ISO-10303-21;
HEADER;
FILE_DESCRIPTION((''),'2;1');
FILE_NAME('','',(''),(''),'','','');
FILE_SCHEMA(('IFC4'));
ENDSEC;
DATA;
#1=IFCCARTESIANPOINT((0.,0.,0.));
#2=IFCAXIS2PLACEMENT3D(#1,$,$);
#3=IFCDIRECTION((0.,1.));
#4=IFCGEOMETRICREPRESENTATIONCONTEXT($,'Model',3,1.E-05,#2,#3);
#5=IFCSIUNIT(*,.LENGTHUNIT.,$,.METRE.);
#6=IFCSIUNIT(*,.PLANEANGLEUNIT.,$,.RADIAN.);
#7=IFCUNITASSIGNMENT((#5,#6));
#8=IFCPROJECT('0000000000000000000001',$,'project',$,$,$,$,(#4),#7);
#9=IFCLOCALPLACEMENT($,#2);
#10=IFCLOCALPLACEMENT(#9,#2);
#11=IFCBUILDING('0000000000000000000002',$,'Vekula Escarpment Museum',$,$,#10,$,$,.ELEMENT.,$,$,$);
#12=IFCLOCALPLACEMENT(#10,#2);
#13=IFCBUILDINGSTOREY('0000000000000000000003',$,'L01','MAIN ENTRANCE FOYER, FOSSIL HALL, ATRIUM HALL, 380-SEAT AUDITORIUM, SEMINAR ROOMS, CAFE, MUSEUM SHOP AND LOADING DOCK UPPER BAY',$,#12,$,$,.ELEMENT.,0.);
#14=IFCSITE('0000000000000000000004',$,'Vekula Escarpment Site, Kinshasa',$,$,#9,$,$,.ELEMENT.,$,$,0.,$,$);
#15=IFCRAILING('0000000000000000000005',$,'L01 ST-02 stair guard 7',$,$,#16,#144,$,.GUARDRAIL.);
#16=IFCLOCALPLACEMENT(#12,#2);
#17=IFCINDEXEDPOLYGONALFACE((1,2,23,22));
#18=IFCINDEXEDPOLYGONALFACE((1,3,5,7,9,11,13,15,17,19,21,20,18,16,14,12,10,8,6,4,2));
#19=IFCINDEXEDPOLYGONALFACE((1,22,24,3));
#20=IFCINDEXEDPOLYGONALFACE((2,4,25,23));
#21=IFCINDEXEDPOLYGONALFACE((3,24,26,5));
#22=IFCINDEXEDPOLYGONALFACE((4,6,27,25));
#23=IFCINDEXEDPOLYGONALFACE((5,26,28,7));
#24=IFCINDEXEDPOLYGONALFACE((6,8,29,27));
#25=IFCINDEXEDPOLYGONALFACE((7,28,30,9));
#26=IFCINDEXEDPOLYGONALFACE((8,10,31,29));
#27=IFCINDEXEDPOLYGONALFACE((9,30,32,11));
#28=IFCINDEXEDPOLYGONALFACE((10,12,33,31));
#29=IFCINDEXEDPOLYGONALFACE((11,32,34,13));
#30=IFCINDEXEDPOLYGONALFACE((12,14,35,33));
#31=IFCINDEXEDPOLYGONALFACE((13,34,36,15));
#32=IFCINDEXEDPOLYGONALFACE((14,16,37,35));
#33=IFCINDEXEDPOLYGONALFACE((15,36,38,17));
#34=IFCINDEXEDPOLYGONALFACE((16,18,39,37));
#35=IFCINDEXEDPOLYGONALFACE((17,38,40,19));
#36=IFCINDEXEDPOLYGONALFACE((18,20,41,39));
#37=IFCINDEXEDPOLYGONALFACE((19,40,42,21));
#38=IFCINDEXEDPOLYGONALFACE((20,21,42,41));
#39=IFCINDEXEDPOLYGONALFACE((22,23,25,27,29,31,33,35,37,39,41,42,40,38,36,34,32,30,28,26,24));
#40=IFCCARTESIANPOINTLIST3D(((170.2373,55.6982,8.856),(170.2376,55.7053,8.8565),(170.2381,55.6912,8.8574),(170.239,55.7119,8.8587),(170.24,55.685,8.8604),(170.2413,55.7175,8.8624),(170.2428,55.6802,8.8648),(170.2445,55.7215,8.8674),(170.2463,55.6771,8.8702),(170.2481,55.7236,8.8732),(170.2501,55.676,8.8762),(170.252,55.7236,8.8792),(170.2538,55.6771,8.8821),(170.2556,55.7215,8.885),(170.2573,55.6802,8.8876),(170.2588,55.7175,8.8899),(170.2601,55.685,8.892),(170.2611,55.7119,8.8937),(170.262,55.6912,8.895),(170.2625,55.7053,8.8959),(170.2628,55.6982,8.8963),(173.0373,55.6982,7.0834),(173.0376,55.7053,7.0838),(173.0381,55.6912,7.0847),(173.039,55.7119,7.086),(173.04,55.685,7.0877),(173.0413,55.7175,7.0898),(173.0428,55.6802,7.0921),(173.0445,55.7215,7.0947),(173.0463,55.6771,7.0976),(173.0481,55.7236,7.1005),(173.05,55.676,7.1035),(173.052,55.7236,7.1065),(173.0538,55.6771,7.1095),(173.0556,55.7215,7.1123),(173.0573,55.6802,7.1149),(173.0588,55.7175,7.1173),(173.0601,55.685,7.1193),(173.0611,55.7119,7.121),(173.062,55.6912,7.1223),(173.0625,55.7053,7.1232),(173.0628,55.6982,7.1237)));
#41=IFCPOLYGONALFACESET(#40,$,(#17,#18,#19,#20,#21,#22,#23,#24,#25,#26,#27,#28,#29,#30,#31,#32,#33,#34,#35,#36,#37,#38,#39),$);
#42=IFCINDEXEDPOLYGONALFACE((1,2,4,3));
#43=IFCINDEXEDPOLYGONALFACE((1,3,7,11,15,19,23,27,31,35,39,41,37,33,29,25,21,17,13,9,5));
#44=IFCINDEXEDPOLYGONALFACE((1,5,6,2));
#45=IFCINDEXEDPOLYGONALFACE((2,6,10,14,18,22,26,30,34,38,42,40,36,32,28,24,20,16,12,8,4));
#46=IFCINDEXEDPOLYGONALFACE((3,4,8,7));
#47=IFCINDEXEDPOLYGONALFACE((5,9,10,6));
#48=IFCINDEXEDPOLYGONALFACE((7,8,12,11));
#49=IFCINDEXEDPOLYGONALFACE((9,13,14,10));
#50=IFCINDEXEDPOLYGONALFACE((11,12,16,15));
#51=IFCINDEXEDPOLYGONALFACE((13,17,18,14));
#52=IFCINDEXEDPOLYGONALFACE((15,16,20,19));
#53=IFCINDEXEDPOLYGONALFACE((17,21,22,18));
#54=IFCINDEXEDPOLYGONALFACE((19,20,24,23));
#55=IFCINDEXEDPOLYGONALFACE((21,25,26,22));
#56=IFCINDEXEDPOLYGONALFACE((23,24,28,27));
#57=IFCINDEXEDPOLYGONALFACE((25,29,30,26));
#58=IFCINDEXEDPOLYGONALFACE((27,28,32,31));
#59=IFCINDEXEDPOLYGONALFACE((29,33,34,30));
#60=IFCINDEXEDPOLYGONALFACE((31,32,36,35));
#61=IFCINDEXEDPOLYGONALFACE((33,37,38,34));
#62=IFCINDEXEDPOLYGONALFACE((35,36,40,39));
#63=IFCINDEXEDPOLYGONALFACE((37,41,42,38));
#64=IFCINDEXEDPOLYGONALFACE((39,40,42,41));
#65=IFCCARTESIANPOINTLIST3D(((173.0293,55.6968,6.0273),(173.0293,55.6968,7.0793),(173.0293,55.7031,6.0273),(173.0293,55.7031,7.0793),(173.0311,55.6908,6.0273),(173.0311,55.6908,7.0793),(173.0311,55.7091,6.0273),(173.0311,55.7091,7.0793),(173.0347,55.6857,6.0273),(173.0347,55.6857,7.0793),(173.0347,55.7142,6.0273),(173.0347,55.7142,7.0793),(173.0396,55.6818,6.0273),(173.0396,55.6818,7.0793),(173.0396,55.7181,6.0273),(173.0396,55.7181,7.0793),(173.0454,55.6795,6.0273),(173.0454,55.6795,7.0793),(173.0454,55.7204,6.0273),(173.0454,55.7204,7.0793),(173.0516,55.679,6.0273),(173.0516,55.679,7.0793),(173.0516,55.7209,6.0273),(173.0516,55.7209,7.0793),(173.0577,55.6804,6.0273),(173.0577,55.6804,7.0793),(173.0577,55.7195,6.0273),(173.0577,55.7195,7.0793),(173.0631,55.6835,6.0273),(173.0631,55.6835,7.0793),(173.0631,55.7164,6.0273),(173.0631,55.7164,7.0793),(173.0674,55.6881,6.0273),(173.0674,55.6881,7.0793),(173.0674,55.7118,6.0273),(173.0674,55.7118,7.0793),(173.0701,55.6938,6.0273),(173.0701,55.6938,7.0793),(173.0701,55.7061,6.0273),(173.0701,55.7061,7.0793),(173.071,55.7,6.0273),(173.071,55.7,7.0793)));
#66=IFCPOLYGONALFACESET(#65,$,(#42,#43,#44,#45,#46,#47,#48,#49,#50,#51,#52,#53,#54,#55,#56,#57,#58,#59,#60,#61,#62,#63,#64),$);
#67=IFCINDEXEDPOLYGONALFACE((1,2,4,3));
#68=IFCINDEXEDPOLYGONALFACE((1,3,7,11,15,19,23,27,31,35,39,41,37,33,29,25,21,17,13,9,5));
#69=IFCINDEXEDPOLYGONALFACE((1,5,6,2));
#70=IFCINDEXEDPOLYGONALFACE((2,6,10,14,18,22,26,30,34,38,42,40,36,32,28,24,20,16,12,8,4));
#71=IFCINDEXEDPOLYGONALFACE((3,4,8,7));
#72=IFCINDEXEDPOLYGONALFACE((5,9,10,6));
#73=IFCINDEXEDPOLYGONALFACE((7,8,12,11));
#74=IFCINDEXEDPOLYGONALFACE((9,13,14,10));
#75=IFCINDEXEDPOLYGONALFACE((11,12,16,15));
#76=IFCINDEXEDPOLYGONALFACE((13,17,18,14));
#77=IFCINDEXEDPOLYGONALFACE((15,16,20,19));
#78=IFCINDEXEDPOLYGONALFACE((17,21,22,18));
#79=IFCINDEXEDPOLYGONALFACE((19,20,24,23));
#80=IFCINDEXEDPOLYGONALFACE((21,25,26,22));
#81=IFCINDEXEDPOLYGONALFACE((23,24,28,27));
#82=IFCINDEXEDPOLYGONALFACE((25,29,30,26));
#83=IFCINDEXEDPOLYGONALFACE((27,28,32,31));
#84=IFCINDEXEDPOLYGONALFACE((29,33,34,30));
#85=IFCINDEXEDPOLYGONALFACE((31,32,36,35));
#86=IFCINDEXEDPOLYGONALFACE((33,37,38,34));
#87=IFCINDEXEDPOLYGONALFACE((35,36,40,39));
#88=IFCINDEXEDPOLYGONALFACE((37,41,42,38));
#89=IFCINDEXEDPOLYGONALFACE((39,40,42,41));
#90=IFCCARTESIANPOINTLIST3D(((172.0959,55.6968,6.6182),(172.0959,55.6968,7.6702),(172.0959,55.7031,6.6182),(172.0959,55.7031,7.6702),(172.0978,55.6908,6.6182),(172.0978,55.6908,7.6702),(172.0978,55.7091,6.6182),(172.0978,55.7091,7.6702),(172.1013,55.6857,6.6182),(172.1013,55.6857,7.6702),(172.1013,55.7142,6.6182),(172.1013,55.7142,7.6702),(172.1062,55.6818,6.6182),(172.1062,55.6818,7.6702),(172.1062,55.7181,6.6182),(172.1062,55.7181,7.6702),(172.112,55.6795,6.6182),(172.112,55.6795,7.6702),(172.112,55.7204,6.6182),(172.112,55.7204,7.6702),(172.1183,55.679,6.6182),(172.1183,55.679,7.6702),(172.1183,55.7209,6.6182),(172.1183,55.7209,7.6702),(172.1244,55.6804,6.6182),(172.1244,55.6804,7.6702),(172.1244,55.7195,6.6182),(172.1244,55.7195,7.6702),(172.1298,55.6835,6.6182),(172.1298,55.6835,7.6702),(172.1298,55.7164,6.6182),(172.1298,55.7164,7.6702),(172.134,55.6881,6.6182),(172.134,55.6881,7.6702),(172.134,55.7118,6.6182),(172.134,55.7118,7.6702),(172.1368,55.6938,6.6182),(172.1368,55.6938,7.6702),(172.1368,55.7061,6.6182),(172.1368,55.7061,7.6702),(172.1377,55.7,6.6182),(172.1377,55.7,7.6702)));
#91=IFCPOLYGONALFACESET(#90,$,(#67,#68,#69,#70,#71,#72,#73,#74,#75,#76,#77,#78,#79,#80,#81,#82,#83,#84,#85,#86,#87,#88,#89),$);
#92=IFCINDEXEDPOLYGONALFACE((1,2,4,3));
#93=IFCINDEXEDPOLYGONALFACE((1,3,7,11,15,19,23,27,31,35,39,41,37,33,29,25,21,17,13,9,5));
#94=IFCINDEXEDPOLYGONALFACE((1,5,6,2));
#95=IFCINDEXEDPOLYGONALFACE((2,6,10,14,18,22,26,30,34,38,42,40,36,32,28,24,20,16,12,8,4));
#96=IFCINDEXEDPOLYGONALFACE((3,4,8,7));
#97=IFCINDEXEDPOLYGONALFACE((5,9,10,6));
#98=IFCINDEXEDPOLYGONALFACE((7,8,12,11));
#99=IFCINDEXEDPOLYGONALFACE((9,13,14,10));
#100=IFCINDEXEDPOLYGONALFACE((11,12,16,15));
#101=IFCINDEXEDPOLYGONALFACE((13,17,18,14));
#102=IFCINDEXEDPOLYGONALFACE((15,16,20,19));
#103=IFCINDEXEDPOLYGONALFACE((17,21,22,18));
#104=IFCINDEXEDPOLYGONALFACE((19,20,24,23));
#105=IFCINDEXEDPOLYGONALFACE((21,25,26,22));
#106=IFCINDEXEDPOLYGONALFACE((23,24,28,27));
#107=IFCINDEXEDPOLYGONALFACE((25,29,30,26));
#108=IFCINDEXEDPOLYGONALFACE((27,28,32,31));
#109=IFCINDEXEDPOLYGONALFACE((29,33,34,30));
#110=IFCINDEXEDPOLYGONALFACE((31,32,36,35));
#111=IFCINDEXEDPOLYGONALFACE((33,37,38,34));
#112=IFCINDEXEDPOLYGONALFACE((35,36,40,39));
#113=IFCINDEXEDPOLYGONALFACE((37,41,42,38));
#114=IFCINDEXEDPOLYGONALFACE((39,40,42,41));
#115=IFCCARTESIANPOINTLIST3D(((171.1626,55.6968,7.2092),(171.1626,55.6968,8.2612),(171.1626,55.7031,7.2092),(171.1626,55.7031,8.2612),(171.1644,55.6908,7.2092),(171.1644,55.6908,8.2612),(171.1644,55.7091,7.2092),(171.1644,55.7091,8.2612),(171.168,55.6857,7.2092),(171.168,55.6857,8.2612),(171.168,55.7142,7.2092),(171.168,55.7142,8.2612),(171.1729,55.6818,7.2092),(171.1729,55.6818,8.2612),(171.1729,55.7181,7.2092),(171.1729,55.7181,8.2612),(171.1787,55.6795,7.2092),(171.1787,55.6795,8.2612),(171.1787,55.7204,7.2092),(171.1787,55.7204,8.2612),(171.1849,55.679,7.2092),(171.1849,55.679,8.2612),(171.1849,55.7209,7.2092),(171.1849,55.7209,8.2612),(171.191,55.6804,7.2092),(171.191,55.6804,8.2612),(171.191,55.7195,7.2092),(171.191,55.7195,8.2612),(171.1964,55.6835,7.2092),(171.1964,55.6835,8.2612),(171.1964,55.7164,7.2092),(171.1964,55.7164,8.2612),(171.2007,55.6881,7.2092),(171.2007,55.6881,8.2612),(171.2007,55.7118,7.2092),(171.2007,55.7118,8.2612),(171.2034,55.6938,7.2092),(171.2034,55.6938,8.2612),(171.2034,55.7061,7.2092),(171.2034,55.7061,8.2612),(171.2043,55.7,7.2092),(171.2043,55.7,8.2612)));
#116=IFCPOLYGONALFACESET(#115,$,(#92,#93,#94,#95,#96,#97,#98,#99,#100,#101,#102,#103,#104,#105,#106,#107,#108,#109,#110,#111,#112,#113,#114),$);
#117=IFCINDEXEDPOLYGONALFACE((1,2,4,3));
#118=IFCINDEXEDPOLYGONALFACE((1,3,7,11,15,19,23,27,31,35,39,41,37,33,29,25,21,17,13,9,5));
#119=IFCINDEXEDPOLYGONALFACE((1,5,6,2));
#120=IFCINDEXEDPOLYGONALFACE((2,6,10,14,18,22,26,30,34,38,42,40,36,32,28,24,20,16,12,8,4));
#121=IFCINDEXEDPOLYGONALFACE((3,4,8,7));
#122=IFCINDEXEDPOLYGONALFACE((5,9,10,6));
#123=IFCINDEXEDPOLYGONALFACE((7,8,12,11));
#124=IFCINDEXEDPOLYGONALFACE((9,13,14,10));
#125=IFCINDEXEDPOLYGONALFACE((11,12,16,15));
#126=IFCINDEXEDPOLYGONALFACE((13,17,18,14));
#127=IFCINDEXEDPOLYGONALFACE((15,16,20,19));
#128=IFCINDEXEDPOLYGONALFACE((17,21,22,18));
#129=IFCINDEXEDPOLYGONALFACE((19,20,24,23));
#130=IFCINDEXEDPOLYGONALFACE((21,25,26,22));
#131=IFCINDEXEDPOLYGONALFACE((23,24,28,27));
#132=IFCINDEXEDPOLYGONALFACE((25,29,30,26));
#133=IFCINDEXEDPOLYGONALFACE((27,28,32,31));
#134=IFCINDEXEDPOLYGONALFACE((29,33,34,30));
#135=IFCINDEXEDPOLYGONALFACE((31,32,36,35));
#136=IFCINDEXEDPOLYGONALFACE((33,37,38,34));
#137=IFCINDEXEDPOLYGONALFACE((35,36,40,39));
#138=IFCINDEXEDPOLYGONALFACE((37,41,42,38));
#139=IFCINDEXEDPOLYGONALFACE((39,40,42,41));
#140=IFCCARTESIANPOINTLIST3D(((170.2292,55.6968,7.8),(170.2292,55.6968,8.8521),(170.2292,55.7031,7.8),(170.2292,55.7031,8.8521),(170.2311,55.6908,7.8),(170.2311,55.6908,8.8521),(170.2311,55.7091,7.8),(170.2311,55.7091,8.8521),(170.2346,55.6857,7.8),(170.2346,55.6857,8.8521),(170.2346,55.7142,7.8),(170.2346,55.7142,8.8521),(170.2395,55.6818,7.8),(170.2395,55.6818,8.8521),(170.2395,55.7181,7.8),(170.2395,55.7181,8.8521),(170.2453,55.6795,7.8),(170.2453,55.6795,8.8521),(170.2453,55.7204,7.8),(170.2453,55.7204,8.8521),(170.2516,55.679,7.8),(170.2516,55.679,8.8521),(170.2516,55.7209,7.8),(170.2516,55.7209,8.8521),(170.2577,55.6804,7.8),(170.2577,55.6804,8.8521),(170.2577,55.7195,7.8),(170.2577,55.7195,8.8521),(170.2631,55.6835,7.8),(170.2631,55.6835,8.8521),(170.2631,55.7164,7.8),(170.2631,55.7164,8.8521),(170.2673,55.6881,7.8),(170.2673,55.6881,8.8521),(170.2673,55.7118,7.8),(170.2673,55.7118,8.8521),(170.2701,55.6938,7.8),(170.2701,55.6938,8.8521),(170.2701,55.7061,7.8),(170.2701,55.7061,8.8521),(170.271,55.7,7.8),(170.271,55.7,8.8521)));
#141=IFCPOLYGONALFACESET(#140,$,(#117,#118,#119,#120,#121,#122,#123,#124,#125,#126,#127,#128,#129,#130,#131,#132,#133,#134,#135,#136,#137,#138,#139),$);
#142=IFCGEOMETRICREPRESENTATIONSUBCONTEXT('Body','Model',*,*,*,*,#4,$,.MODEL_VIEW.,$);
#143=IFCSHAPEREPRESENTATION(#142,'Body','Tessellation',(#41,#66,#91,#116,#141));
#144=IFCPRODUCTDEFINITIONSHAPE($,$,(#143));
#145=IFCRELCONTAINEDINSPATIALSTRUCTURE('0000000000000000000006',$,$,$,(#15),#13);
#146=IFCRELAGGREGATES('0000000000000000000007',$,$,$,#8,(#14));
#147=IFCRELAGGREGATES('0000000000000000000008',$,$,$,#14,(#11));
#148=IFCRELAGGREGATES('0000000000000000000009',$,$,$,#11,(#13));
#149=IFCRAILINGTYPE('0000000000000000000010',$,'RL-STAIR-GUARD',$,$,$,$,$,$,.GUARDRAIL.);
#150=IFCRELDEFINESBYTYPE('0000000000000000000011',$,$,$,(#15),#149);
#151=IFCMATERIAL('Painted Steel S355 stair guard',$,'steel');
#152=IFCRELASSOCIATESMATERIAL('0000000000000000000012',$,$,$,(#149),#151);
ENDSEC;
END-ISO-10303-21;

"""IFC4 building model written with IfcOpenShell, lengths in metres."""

from ifc_helpers import new_model, si_unit, direction, frame, origin, origin_2d, place, context, subcontext, project, spatial, circle, extrude, material, type_object, element, save


model = new_model("IFC4")

# Units and contexts
model_context = context("Model", 3, precision=1e-05, world=origin(), true_north=direction((0.0, 1.0)))
body_context = subcontext(model_context, "Body", "Model", "MODEL_VIEW")
ifc_project = project(units=[si_unit("LENGTHUNIT", "METRE"), si_unit("PLANEANGLEUNIT", "RADIAN")], contexts=[model_context])

# Site, building, storey
site_placement = place(None, origin())
site = spatial("IfcSite", under=ifc_project, at=site_placement, Name="Vekula Escarpment Site, Kinshasa", CompositionType="ELEMENT", RefElevation=0.0)
building_placement = place(site_placement, origin())
building = spatial("IfcBuilding", under=site, at=building_placement, Name="Vekula Escarpment Museum", CompositionType="ELEMENT")
storey_placement = place(building_placement, origin())
storey = spatial("IfcBuildingStorey", under=building, at=storey_placement, Name="L01", Description="MAIN ENTRANCE FOYER, FOSSIL HALL, ATRIUM HALL, 380-SEAT AUDITORIUM, SEMINAR ROOMS, CAFE, MUSEUM SHOP AND LOADING DOCK UPPER BAY", CompositionType="ELEMENT", Elevation=0.0)

# Railing
ifc_material_1 = material(Name="Painted Steel S355 stair guard", Category="steel")
railing_type_1 = type_object("IfcRailingType", Name="RL-STAIR-GUARD", PredefinedType="GUARDRAIL", material=ifc_material_1)
railing_1_placement = place(storey_placement, frame((173.05, 55.7, 6.0273)))
element("IfcRailing", 1, at=railing_1_placement, inside=storey, type_object=railing_type_1, Name="L01 ST-02 stair guard 7", PredefinedType="GUARDRAIL", context=body_context, shape_type="SweptSolid", body=[
    extrude(circle(Radius=0.0239, at=origin_2d()), frame((0.0, 0.0, 1.0762), z_axis=(-0.844909, 0.0, 0.53491), x_axis=(0.0, -1.0, 0.0)), (0.0, 0.0, 1.0), 3.314),
    extrude(circle(Radius=0.021, at=origin_2d()), origin(), (0.0, 0.0, 1.0), 1.052),
    extrude(circle(Radius=0.021, at=origin_2d()), frame((-0.9333, 0.0, 0.5908)), (0.0, 0.0, 1.0), 1.052),
    extrude(circle(Radius=0.021, at=origin_2d()), frame((-1.8667, 0.0, 1.1819)), (0.0, 0.0, 1.0), 1.052),
    extrude(circle(Radius=0.021, at=origin_2d()), frame((-2.8, 0.0, 1.7727)), (0.0, 0.0, 1.0), 1.052),
])

save(model, "model.ifc")
